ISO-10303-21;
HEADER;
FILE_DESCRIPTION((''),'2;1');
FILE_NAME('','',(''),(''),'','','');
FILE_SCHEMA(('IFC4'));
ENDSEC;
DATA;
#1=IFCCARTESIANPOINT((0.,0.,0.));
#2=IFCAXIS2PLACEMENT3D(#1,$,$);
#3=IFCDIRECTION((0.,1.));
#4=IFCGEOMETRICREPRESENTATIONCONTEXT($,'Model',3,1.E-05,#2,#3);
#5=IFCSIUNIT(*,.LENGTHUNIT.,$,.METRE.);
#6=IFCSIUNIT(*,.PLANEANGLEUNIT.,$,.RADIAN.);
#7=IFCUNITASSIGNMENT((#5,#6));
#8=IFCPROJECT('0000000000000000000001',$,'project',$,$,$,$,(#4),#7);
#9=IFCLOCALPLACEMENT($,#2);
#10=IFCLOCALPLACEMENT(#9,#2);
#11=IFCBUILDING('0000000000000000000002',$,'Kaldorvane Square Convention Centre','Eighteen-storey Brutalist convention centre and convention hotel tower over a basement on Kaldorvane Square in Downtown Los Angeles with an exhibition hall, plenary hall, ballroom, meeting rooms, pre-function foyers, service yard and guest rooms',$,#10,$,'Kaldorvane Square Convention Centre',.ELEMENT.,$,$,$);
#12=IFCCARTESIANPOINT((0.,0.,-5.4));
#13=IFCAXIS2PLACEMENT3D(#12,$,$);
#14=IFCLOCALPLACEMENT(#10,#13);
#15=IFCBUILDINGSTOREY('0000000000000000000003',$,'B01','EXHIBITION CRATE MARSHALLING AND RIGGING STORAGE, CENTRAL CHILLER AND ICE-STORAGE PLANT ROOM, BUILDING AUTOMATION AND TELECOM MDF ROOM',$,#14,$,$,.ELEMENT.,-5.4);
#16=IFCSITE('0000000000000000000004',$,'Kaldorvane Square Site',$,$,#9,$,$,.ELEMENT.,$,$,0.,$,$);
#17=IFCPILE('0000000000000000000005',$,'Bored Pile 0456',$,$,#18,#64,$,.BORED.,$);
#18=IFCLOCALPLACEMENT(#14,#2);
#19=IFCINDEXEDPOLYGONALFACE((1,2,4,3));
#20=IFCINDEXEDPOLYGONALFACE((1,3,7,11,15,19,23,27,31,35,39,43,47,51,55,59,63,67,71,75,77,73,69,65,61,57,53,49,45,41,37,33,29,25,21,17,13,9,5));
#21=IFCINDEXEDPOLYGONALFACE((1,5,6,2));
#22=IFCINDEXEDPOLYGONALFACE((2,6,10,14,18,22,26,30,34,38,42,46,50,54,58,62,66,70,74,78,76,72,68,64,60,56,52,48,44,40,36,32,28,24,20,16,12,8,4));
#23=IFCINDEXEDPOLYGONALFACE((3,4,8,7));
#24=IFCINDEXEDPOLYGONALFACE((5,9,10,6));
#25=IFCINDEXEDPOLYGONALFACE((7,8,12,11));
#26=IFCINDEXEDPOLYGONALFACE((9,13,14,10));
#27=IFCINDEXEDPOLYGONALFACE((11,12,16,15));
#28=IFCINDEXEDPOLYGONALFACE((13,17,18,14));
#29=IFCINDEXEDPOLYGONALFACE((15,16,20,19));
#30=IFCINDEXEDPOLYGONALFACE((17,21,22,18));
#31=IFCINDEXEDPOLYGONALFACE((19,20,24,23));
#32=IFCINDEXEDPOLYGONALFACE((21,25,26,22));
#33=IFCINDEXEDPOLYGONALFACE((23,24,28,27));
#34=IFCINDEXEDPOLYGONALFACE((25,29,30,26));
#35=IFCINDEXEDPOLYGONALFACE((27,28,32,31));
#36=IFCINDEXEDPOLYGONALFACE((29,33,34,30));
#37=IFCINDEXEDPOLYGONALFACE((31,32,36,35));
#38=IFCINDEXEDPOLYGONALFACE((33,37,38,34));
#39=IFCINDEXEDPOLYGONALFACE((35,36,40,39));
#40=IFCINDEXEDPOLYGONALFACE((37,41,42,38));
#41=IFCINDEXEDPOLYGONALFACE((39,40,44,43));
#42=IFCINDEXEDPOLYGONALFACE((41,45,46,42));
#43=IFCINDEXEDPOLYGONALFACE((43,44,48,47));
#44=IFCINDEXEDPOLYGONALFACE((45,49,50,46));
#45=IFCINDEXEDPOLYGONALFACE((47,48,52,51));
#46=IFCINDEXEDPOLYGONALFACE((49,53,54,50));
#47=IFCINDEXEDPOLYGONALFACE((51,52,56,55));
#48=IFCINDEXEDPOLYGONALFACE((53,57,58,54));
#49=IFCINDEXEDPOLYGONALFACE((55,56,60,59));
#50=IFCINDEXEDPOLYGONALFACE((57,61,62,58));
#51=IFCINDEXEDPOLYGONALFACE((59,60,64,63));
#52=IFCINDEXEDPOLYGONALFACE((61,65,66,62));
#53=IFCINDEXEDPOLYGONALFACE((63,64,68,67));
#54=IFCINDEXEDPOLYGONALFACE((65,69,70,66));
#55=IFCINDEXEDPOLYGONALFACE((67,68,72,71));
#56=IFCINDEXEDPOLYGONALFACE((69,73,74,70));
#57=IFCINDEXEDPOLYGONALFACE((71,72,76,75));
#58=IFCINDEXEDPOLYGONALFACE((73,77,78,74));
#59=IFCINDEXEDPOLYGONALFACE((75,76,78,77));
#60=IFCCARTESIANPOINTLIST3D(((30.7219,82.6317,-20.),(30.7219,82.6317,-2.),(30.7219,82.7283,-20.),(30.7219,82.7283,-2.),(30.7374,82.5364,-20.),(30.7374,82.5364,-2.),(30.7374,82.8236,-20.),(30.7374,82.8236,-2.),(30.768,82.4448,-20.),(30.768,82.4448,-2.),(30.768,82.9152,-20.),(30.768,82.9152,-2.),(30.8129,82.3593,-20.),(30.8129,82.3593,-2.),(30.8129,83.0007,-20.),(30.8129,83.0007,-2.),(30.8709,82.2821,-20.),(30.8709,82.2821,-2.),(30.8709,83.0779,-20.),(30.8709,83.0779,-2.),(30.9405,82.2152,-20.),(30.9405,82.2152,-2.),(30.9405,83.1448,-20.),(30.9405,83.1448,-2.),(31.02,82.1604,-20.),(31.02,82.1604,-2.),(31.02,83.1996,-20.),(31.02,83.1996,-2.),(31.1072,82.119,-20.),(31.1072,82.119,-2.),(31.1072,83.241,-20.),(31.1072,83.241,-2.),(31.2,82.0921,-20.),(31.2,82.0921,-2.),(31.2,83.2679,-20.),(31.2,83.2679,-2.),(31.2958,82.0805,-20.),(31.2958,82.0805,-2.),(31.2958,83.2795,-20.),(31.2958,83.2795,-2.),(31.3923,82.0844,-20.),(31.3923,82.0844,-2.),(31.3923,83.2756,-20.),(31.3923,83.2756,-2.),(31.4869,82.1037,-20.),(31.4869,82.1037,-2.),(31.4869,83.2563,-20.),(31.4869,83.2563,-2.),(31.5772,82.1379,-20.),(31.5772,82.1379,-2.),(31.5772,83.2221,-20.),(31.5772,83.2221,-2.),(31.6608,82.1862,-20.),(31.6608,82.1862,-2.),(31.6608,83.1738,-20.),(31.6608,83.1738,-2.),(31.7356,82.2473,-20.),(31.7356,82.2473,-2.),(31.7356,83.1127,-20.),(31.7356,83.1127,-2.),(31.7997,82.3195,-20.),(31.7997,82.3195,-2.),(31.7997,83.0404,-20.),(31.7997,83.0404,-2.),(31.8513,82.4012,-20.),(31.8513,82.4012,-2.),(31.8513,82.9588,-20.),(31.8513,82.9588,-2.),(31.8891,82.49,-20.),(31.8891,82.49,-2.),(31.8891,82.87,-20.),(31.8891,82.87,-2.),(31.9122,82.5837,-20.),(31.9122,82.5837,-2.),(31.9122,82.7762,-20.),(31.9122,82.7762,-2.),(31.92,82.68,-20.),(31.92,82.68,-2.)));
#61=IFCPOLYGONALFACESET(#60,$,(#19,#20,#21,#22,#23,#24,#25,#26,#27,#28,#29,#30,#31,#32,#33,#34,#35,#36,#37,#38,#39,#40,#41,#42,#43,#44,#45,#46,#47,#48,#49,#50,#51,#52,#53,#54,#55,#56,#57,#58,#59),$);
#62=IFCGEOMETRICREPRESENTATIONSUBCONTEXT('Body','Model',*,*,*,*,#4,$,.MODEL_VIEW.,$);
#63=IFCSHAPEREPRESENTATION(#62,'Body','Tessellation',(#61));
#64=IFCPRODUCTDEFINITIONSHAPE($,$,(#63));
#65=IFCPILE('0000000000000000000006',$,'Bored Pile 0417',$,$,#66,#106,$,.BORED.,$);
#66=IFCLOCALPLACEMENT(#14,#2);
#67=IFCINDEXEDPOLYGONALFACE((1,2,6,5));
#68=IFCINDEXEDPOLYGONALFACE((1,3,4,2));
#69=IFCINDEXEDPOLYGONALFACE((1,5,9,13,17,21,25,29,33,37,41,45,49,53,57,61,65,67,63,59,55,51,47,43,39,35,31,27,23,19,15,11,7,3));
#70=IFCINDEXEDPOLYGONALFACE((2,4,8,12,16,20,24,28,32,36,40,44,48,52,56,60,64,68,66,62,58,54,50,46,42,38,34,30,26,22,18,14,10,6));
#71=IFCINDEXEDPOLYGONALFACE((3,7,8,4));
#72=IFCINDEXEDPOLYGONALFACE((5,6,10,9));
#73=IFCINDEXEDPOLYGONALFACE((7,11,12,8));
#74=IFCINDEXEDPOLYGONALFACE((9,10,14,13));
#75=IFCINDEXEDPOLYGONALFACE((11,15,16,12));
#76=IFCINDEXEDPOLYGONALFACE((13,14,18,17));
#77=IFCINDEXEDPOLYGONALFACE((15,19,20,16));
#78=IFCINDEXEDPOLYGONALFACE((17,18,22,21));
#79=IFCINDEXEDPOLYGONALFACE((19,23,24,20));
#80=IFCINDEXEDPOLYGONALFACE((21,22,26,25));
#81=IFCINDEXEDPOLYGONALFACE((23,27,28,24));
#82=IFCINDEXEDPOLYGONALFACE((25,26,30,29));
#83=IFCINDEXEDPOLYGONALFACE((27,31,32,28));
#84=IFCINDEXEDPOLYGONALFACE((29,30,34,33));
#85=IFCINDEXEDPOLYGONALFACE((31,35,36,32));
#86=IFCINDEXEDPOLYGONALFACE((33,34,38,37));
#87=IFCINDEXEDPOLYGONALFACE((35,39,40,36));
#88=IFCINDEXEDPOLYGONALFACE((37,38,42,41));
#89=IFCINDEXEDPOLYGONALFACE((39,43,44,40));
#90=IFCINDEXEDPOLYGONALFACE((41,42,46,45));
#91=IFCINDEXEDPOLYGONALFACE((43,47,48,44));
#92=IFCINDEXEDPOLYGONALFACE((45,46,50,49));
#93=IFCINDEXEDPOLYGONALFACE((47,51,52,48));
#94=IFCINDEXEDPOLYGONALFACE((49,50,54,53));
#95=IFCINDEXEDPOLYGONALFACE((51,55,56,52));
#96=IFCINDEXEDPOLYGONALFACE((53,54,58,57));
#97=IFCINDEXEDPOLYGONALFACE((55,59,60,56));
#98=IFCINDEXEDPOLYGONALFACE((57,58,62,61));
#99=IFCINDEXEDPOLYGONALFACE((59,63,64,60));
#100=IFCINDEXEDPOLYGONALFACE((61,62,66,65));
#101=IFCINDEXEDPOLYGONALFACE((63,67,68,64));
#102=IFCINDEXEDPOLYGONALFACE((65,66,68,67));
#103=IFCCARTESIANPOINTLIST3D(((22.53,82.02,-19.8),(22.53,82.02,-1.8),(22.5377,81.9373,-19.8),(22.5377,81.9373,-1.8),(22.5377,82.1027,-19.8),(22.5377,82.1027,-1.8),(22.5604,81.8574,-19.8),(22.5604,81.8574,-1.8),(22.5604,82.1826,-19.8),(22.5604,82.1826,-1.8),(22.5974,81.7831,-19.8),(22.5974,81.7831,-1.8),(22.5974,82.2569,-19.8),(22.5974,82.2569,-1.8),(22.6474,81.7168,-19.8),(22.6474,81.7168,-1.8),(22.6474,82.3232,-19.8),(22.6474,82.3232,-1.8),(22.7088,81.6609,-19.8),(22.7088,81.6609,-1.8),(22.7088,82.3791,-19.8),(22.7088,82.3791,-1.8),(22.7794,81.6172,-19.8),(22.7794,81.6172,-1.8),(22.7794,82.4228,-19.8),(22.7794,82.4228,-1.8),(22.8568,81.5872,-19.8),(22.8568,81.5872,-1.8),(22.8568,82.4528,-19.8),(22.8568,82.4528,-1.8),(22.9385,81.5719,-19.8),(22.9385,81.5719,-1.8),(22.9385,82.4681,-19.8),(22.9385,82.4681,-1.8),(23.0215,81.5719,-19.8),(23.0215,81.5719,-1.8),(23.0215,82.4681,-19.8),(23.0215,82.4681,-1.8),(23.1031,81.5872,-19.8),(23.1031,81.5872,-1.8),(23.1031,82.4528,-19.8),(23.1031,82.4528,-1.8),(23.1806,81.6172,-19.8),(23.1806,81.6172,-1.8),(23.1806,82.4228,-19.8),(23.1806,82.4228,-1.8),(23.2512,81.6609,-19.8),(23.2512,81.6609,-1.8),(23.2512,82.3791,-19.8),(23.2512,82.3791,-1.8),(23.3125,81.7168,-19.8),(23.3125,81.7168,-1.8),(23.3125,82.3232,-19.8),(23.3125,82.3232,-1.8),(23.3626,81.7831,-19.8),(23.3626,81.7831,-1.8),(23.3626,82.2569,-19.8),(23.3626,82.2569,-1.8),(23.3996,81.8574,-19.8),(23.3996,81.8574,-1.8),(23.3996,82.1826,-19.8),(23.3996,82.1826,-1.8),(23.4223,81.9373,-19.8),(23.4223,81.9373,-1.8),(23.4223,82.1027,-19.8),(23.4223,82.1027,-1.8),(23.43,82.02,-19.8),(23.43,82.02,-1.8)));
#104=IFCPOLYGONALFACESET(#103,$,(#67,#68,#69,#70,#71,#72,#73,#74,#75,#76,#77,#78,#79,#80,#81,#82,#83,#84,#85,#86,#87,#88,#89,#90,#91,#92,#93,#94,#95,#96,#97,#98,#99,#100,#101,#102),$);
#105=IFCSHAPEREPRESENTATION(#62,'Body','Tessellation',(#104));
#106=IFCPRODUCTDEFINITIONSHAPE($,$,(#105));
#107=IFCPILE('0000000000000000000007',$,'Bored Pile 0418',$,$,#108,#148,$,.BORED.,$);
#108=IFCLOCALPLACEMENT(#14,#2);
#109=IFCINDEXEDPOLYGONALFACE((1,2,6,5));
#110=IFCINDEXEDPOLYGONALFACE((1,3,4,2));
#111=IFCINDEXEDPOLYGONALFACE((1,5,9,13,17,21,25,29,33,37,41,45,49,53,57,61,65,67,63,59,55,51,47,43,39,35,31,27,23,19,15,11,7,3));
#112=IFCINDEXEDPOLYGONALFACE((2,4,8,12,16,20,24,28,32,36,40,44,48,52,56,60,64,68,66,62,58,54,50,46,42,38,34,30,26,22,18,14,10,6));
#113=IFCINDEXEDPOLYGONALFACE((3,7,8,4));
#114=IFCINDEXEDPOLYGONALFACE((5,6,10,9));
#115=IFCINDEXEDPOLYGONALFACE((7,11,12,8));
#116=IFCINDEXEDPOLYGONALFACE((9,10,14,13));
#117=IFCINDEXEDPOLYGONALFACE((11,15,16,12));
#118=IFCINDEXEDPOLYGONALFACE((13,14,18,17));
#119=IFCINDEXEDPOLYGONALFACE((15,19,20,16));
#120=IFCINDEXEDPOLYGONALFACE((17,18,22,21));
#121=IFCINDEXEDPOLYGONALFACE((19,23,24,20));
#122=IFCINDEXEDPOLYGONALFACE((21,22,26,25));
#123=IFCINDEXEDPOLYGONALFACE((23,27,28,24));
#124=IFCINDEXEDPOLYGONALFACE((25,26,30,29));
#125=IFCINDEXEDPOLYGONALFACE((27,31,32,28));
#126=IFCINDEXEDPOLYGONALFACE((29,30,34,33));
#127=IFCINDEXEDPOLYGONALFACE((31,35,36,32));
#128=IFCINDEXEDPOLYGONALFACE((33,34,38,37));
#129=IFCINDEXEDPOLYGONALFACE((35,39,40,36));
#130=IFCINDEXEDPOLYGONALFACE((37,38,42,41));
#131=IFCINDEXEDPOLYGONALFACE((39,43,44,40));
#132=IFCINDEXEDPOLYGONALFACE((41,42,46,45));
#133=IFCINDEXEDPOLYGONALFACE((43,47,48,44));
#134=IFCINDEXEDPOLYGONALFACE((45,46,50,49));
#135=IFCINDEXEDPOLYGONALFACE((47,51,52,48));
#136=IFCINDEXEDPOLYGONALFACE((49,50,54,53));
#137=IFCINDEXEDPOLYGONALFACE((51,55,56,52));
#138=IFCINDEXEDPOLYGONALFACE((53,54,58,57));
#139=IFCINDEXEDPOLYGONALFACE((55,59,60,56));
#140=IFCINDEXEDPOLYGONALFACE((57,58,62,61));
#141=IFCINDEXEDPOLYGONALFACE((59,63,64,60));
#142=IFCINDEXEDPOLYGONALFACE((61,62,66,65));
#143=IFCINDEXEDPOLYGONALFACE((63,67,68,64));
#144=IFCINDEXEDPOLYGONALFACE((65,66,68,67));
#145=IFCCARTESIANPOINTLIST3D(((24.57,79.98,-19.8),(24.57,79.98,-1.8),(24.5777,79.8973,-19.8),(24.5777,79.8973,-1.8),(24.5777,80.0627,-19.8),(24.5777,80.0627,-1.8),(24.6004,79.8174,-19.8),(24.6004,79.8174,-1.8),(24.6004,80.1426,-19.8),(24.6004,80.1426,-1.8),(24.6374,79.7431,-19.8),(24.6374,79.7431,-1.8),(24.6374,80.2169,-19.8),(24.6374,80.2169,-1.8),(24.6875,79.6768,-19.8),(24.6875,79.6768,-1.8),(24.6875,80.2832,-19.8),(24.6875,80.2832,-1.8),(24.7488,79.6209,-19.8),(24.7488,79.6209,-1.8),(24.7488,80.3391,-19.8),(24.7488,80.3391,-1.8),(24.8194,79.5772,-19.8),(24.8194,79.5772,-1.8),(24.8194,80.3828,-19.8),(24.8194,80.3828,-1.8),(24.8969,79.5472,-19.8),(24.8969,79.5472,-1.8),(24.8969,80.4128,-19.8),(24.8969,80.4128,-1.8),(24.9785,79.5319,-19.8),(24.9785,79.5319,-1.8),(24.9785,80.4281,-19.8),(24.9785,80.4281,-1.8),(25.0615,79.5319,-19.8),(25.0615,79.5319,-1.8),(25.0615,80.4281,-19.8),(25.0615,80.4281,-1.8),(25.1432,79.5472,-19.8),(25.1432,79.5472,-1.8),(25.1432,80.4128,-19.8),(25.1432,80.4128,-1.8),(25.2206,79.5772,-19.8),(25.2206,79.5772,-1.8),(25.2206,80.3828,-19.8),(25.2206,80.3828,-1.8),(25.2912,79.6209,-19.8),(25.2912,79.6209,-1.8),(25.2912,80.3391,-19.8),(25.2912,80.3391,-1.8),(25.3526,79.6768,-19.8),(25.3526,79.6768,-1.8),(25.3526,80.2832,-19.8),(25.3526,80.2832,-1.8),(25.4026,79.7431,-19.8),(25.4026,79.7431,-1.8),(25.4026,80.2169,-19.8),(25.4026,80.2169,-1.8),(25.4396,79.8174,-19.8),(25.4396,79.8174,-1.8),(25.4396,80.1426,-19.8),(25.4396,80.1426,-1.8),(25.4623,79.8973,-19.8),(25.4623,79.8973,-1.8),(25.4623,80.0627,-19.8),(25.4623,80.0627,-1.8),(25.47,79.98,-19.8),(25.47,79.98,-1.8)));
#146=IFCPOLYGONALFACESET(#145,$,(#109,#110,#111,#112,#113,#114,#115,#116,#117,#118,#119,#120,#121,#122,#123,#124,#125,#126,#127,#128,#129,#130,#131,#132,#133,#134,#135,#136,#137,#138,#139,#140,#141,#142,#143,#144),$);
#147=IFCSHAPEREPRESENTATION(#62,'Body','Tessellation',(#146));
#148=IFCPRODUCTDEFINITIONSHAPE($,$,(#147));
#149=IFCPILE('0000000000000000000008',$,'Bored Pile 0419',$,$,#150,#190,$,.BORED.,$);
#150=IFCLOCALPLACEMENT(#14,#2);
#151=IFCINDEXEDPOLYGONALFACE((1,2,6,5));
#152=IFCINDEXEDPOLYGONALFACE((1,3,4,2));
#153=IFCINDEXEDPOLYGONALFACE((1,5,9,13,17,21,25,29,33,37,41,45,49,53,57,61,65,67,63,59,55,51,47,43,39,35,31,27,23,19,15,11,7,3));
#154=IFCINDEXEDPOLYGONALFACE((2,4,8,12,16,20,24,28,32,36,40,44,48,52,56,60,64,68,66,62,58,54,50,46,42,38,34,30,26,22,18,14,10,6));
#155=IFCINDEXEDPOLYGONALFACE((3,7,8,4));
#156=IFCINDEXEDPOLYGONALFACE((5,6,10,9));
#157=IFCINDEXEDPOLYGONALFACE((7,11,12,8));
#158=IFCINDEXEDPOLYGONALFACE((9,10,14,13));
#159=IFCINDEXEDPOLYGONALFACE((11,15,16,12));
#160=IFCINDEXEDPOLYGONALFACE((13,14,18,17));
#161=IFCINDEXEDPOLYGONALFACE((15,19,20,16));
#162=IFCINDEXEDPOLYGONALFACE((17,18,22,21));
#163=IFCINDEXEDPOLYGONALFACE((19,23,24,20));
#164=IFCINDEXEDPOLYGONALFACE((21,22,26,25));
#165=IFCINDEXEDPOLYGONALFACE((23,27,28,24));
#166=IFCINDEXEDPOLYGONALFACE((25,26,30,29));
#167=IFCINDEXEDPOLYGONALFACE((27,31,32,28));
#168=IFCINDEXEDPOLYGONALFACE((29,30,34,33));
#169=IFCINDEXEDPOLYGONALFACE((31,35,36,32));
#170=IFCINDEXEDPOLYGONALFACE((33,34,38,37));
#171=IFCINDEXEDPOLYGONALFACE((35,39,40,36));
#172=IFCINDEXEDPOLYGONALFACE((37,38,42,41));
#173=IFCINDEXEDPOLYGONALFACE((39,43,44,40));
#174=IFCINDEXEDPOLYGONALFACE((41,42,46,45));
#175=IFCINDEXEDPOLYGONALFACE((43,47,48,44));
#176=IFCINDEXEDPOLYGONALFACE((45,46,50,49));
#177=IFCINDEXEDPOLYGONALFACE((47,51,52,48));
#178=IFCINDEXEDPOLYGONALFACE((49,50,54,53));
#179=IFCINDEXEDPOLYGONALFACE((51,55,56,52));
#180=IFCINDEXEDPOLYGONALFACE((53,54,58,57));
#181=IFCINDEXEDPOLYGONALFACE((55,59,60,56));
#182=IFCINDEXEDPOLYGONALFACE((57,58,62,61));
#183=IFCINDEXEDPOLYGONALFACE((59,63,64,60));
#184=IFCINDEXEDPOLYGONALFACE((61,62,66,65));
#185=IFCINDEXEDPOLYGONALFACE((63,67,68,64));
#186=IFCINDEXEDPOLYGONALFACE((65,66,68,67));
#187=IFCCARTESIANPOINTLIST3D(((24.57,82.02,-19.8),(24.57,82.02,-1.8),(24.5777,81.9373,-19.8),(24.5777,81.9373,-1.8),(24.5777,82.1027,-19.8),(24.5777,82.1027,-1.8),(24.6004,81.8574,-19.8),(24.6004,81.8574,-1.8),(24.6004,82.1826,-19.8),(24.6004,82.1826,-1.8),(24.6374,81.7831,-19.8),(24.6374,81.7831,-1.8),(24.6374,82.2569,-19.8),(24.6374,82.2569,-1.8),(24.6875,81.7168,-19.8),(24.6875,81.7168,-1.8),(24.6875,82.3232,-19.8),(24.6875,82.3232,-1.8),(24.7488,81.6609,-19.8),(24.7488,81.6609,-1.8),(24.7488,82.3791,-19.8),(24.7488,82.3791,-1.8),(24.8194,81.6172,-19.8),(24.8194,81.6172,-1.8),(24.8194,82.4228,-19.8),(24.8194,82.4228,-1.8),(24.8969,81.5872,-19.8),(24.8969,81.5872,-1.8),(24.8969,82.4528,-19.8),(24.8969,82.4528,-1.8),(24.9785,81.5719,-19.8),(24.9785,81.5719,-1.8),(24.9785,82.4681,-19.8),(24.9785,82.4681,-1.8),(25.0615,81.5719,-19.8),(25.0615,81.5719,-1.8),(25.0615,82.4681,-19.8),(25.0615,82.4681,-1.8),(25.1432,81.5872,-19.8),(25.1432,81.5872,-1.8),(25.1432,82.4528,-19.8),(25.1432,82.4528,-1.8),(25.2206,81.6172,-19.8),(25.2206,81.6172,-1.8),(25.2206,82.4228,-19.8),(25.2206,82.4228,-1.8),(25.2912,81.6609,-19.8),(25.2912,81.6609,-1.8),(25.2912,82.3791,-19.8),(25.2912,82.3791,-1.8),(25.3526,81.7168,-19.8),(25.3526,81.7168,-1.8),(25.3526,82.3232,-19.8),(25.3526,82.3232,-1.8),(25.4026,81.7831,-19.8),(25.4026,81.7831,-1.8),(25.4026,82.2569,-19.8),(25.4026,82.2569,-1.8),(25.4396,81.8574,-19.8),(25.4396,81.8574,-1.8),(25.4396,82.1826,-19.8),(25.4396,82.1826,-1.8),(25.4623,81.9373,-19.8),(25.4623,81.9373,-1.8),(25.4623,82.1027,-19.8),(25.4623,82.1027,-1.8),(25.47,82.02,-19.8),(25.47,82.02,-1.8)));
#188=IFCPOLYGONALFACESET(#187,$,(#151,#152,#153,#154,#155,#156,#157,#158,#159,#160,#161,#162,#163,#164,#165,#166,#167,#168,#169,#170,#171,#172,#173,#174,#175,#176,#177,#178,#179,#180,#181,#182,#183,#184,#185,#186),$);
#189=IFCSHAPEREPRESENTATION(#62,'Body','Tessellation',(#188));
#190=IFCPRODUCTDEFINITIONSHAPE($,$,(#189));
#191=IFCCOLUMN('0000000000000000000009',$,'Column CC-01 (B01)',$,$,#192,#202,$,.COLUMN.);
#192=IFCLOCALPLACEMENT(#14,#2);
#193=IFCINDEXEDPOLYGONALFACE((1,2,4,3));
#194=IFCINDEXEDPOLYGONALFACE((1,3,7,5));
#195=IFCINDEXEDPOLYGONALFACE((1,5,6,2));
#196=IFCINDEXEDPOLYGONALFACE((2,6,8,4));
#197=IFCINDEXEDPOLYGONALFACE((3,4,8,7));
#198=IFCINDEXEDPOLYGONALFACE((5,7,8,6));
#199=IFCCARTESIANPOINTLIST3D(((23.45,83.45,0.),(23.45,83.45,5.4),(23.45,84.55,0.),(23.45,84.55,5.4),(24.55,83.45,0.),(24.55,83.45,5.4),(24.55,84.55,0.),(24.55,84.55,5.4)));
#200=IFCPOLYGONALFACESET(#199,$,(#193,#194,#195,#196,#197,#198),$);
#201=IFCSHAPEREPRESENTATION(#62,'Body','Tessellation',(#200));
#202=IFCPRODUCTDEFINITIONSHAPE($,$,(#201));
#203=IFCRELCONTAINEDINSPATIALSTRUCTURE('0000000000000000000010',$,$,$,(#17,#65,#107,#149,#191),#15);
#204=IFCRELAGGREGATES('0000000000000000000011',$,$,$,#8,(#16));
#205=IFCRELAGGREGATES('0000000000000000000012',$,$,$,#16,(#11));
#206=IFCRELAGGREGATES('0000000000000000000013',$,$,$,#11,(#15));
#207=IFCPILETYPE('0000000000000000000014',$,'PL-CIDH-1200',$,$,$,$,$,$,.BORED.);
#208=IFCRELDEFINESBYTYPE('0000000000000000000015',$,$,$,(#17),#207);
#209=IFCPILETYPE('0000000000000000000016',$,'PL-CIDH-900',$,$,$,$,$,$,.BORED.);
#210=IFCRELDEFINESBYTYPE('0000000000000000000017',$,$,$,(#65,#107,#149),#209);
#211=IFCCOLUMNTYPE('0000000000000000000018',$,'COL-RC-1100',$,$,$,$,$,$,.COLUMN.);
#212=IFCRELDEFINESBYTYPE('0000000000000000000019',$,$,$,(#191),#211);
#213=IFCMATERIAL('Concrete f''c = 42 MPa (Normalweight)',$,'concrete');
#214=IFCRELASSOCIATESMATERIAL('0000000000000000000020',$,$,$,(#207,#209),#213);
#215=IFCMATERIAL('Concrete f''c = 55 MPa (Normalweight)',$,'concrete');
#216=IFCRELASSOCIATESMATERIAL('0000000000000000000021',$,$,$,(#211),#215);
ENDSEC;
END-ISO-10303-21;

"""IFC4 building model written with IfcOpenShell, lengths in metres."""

from ifc_helpers import new_model, si_unit, direction, frame, origin, origin_2d, place, context, subcontext, project, spatial, rectangle, circle, extrude, material, material_profile, profile_set, type_object, element, save


model = new_model("IFC4")

# Units and contexts
model_context = context("Model", 3, precision=1e-05, world=origin(), true_north=direction((0.0, 1.0)))
body_context = subcontext(model_context, "Body", "Model", "MODEL_VIEW")
ifc_project = project(units=[si_unit("LENGTHUNIT", "METRE"), si_unit("PLANEANGLEUNIT", "RADIAN")], contexts=[model_context])

# Site, building, storey
site_placement = place(None, origin())
site = spatial("IfcSite", under=ifc_project, at=site_placement, Name="Kaldorvane Square Site", CompositionType="ELEMENT", RefElevation=0.0)
building_placement = place(site_placement, origin())
building = spatial("IfcBuilding", under=site, at=building_placement, Name="Kaldorvane Square Convention Centre", Description="Eighteen-storey Brutalist convention centre and convention hotel tower over a basement on Kaldorvane Square in Downtown Los Angeles with an exhibition hall, plenary hall, ballroom, meeting rooms, pre-function foyers, service yard and guest rooms", LongName="Kaldorvane Square Convention Centre", CompositionType="ELEMENT")
storey_placement = place(building_placement, frame((0.0, 0.0, -5.4)))
storey = spatial("IfcBuildingStorey", under=building, at=storey_placement, Name="B01", Description="EXHIBITION CRATE MARSHALLING AND RIGGING STORAGE, CENTRAL CHILLER AND ICE-STORAGE PLANT ROOM, BUILDING AUTOMATION AND TELECOM MDF ROOM", CompositionType="ELEMENT", Elevation=-5.4)

# Shared definitions
ifc_material_1 = material(Name="Concrete f'c = 42 MPa (Normalweight)", Category="concrete")

# Piles
ifc_material_profile_1 = material_profile(ifc_material_1, circle(Radius=0.6, at=origin_2d()), Name="PILE-D1200")
ifc_profile_set_1 = profile_set([ifc_material_profile_1], Name="Concrete f'c = 42 MPa (Normalweight)")
pile_type_1 = type_object("IfcPileType", Name="PL-CIDH-1200", PredefinedType="BORED", material=ifc_profile_set_1)
for number, where, z_axis, x_axis, name in (
    (1, (31.32, 82.68, -2.0), (0.0, 0.0, -1.0), (1.0, 0.0, 0.0), "Bored Pile 0456"),
):
    element("IfcPile", number, at=place(storey_placement, frame(where, z_axis=z_axis, x_axis=x_axis)), inside=storey, type_object=pile_type_1, Name=name, PredefinedType="BORED", context=body_context, shape_type="SweptSolid", body=[
        extrude(circle(Radius=0.6, at=origin_2d()), origin(), (0.0, 0.0, 1.0), 18.0),
    ])
ifc_material_profile_2 = material_profile(ifc_material_1, circle(Radius=0.45, at=origin_2d()), Name="PILE-D900")
ifc_profile_set_2 = profile_set([ifc_material_profile_2], Name="Concrete f'c = 42 MPa (Normalweight)")
pile_type_2 = type_object("IfcPileType", Name="PL-CIDH-900", PredefinedType="BORED", material=ifc_profile_set_2)
for number, where, z_axis, x_axis, name in (
    (2, (22.98, 82.02, -1.8), (0.0, 0.0, -1.0), (1.0, 0.0, 0.0), "Bored Pile 0417"),
    (3, (25.02, 79.98, -1.8), (0.0, 0.0, -1.0), (1.0, 0.0, 0.0), "Bored Pile 0418"),
    (4, (25.02, 82.02, -1.8), (0.0, 0.0, -1.0), (1.0, 0.0, 0.0), "Bored Pile 0419"),
):
    element("IfcPile", number, at=place(storey_placement, frame(where, z_axis=z_axis, x_axis=x_axis)), inside=storey, type_object=pile_type_2, Name=name, PredefinedType="BORED", context=body_context, shape_type="SweptSolid", body=[
        extrude(circle(Radius=0.45, at=origin_2d()), origin(), (0.0, 0.0, 1.0), 18.0),
    ])

# Column
ifc_material_2 = material(Name="Concrete f'c = 55 MPa (Normalweight)", Category="concrete")
ifc_material_profile_3 = material_profile(ifc_material_2, rectangle(XDim=1.1, YDim=1.1, at=origin_2d()), Name="RC1100X1100")
ifc_profile_set_3 = profile_set([ifc_material_profile_3], Name="Concrete f'c = 55 MPa (Normalweight)")
column_type_1 = type_object("IfcColumnType", Name="COL-RC-1100", PredefinedType="COLUMN", material=ifc_profile_set_3)
for number, where, z_axis, x_axis, name in (
    (5, (24.0, 84.0, 0.0), (0.0, 0.0, 1.0), (1.0, 0.0, 0.0), "Column CC-01 (B01)"),
):
    element("IfcColumn", number, at=place(storey_placement, frame(where, z_axis=z_axis, x_axis=x_axis)), inside=storey, type_object=column_type_1, Name=name, PredefinedType="COLUMN", context=body_context, shape_type="SweptSolid", body=[
        extrude(rectangle(XDim=1.1, YDim=1.1, at=origin_2d()), origin(), (0.0, 0.0, 1.0), 5.4),
    ])

save(model, "model.ifc")
